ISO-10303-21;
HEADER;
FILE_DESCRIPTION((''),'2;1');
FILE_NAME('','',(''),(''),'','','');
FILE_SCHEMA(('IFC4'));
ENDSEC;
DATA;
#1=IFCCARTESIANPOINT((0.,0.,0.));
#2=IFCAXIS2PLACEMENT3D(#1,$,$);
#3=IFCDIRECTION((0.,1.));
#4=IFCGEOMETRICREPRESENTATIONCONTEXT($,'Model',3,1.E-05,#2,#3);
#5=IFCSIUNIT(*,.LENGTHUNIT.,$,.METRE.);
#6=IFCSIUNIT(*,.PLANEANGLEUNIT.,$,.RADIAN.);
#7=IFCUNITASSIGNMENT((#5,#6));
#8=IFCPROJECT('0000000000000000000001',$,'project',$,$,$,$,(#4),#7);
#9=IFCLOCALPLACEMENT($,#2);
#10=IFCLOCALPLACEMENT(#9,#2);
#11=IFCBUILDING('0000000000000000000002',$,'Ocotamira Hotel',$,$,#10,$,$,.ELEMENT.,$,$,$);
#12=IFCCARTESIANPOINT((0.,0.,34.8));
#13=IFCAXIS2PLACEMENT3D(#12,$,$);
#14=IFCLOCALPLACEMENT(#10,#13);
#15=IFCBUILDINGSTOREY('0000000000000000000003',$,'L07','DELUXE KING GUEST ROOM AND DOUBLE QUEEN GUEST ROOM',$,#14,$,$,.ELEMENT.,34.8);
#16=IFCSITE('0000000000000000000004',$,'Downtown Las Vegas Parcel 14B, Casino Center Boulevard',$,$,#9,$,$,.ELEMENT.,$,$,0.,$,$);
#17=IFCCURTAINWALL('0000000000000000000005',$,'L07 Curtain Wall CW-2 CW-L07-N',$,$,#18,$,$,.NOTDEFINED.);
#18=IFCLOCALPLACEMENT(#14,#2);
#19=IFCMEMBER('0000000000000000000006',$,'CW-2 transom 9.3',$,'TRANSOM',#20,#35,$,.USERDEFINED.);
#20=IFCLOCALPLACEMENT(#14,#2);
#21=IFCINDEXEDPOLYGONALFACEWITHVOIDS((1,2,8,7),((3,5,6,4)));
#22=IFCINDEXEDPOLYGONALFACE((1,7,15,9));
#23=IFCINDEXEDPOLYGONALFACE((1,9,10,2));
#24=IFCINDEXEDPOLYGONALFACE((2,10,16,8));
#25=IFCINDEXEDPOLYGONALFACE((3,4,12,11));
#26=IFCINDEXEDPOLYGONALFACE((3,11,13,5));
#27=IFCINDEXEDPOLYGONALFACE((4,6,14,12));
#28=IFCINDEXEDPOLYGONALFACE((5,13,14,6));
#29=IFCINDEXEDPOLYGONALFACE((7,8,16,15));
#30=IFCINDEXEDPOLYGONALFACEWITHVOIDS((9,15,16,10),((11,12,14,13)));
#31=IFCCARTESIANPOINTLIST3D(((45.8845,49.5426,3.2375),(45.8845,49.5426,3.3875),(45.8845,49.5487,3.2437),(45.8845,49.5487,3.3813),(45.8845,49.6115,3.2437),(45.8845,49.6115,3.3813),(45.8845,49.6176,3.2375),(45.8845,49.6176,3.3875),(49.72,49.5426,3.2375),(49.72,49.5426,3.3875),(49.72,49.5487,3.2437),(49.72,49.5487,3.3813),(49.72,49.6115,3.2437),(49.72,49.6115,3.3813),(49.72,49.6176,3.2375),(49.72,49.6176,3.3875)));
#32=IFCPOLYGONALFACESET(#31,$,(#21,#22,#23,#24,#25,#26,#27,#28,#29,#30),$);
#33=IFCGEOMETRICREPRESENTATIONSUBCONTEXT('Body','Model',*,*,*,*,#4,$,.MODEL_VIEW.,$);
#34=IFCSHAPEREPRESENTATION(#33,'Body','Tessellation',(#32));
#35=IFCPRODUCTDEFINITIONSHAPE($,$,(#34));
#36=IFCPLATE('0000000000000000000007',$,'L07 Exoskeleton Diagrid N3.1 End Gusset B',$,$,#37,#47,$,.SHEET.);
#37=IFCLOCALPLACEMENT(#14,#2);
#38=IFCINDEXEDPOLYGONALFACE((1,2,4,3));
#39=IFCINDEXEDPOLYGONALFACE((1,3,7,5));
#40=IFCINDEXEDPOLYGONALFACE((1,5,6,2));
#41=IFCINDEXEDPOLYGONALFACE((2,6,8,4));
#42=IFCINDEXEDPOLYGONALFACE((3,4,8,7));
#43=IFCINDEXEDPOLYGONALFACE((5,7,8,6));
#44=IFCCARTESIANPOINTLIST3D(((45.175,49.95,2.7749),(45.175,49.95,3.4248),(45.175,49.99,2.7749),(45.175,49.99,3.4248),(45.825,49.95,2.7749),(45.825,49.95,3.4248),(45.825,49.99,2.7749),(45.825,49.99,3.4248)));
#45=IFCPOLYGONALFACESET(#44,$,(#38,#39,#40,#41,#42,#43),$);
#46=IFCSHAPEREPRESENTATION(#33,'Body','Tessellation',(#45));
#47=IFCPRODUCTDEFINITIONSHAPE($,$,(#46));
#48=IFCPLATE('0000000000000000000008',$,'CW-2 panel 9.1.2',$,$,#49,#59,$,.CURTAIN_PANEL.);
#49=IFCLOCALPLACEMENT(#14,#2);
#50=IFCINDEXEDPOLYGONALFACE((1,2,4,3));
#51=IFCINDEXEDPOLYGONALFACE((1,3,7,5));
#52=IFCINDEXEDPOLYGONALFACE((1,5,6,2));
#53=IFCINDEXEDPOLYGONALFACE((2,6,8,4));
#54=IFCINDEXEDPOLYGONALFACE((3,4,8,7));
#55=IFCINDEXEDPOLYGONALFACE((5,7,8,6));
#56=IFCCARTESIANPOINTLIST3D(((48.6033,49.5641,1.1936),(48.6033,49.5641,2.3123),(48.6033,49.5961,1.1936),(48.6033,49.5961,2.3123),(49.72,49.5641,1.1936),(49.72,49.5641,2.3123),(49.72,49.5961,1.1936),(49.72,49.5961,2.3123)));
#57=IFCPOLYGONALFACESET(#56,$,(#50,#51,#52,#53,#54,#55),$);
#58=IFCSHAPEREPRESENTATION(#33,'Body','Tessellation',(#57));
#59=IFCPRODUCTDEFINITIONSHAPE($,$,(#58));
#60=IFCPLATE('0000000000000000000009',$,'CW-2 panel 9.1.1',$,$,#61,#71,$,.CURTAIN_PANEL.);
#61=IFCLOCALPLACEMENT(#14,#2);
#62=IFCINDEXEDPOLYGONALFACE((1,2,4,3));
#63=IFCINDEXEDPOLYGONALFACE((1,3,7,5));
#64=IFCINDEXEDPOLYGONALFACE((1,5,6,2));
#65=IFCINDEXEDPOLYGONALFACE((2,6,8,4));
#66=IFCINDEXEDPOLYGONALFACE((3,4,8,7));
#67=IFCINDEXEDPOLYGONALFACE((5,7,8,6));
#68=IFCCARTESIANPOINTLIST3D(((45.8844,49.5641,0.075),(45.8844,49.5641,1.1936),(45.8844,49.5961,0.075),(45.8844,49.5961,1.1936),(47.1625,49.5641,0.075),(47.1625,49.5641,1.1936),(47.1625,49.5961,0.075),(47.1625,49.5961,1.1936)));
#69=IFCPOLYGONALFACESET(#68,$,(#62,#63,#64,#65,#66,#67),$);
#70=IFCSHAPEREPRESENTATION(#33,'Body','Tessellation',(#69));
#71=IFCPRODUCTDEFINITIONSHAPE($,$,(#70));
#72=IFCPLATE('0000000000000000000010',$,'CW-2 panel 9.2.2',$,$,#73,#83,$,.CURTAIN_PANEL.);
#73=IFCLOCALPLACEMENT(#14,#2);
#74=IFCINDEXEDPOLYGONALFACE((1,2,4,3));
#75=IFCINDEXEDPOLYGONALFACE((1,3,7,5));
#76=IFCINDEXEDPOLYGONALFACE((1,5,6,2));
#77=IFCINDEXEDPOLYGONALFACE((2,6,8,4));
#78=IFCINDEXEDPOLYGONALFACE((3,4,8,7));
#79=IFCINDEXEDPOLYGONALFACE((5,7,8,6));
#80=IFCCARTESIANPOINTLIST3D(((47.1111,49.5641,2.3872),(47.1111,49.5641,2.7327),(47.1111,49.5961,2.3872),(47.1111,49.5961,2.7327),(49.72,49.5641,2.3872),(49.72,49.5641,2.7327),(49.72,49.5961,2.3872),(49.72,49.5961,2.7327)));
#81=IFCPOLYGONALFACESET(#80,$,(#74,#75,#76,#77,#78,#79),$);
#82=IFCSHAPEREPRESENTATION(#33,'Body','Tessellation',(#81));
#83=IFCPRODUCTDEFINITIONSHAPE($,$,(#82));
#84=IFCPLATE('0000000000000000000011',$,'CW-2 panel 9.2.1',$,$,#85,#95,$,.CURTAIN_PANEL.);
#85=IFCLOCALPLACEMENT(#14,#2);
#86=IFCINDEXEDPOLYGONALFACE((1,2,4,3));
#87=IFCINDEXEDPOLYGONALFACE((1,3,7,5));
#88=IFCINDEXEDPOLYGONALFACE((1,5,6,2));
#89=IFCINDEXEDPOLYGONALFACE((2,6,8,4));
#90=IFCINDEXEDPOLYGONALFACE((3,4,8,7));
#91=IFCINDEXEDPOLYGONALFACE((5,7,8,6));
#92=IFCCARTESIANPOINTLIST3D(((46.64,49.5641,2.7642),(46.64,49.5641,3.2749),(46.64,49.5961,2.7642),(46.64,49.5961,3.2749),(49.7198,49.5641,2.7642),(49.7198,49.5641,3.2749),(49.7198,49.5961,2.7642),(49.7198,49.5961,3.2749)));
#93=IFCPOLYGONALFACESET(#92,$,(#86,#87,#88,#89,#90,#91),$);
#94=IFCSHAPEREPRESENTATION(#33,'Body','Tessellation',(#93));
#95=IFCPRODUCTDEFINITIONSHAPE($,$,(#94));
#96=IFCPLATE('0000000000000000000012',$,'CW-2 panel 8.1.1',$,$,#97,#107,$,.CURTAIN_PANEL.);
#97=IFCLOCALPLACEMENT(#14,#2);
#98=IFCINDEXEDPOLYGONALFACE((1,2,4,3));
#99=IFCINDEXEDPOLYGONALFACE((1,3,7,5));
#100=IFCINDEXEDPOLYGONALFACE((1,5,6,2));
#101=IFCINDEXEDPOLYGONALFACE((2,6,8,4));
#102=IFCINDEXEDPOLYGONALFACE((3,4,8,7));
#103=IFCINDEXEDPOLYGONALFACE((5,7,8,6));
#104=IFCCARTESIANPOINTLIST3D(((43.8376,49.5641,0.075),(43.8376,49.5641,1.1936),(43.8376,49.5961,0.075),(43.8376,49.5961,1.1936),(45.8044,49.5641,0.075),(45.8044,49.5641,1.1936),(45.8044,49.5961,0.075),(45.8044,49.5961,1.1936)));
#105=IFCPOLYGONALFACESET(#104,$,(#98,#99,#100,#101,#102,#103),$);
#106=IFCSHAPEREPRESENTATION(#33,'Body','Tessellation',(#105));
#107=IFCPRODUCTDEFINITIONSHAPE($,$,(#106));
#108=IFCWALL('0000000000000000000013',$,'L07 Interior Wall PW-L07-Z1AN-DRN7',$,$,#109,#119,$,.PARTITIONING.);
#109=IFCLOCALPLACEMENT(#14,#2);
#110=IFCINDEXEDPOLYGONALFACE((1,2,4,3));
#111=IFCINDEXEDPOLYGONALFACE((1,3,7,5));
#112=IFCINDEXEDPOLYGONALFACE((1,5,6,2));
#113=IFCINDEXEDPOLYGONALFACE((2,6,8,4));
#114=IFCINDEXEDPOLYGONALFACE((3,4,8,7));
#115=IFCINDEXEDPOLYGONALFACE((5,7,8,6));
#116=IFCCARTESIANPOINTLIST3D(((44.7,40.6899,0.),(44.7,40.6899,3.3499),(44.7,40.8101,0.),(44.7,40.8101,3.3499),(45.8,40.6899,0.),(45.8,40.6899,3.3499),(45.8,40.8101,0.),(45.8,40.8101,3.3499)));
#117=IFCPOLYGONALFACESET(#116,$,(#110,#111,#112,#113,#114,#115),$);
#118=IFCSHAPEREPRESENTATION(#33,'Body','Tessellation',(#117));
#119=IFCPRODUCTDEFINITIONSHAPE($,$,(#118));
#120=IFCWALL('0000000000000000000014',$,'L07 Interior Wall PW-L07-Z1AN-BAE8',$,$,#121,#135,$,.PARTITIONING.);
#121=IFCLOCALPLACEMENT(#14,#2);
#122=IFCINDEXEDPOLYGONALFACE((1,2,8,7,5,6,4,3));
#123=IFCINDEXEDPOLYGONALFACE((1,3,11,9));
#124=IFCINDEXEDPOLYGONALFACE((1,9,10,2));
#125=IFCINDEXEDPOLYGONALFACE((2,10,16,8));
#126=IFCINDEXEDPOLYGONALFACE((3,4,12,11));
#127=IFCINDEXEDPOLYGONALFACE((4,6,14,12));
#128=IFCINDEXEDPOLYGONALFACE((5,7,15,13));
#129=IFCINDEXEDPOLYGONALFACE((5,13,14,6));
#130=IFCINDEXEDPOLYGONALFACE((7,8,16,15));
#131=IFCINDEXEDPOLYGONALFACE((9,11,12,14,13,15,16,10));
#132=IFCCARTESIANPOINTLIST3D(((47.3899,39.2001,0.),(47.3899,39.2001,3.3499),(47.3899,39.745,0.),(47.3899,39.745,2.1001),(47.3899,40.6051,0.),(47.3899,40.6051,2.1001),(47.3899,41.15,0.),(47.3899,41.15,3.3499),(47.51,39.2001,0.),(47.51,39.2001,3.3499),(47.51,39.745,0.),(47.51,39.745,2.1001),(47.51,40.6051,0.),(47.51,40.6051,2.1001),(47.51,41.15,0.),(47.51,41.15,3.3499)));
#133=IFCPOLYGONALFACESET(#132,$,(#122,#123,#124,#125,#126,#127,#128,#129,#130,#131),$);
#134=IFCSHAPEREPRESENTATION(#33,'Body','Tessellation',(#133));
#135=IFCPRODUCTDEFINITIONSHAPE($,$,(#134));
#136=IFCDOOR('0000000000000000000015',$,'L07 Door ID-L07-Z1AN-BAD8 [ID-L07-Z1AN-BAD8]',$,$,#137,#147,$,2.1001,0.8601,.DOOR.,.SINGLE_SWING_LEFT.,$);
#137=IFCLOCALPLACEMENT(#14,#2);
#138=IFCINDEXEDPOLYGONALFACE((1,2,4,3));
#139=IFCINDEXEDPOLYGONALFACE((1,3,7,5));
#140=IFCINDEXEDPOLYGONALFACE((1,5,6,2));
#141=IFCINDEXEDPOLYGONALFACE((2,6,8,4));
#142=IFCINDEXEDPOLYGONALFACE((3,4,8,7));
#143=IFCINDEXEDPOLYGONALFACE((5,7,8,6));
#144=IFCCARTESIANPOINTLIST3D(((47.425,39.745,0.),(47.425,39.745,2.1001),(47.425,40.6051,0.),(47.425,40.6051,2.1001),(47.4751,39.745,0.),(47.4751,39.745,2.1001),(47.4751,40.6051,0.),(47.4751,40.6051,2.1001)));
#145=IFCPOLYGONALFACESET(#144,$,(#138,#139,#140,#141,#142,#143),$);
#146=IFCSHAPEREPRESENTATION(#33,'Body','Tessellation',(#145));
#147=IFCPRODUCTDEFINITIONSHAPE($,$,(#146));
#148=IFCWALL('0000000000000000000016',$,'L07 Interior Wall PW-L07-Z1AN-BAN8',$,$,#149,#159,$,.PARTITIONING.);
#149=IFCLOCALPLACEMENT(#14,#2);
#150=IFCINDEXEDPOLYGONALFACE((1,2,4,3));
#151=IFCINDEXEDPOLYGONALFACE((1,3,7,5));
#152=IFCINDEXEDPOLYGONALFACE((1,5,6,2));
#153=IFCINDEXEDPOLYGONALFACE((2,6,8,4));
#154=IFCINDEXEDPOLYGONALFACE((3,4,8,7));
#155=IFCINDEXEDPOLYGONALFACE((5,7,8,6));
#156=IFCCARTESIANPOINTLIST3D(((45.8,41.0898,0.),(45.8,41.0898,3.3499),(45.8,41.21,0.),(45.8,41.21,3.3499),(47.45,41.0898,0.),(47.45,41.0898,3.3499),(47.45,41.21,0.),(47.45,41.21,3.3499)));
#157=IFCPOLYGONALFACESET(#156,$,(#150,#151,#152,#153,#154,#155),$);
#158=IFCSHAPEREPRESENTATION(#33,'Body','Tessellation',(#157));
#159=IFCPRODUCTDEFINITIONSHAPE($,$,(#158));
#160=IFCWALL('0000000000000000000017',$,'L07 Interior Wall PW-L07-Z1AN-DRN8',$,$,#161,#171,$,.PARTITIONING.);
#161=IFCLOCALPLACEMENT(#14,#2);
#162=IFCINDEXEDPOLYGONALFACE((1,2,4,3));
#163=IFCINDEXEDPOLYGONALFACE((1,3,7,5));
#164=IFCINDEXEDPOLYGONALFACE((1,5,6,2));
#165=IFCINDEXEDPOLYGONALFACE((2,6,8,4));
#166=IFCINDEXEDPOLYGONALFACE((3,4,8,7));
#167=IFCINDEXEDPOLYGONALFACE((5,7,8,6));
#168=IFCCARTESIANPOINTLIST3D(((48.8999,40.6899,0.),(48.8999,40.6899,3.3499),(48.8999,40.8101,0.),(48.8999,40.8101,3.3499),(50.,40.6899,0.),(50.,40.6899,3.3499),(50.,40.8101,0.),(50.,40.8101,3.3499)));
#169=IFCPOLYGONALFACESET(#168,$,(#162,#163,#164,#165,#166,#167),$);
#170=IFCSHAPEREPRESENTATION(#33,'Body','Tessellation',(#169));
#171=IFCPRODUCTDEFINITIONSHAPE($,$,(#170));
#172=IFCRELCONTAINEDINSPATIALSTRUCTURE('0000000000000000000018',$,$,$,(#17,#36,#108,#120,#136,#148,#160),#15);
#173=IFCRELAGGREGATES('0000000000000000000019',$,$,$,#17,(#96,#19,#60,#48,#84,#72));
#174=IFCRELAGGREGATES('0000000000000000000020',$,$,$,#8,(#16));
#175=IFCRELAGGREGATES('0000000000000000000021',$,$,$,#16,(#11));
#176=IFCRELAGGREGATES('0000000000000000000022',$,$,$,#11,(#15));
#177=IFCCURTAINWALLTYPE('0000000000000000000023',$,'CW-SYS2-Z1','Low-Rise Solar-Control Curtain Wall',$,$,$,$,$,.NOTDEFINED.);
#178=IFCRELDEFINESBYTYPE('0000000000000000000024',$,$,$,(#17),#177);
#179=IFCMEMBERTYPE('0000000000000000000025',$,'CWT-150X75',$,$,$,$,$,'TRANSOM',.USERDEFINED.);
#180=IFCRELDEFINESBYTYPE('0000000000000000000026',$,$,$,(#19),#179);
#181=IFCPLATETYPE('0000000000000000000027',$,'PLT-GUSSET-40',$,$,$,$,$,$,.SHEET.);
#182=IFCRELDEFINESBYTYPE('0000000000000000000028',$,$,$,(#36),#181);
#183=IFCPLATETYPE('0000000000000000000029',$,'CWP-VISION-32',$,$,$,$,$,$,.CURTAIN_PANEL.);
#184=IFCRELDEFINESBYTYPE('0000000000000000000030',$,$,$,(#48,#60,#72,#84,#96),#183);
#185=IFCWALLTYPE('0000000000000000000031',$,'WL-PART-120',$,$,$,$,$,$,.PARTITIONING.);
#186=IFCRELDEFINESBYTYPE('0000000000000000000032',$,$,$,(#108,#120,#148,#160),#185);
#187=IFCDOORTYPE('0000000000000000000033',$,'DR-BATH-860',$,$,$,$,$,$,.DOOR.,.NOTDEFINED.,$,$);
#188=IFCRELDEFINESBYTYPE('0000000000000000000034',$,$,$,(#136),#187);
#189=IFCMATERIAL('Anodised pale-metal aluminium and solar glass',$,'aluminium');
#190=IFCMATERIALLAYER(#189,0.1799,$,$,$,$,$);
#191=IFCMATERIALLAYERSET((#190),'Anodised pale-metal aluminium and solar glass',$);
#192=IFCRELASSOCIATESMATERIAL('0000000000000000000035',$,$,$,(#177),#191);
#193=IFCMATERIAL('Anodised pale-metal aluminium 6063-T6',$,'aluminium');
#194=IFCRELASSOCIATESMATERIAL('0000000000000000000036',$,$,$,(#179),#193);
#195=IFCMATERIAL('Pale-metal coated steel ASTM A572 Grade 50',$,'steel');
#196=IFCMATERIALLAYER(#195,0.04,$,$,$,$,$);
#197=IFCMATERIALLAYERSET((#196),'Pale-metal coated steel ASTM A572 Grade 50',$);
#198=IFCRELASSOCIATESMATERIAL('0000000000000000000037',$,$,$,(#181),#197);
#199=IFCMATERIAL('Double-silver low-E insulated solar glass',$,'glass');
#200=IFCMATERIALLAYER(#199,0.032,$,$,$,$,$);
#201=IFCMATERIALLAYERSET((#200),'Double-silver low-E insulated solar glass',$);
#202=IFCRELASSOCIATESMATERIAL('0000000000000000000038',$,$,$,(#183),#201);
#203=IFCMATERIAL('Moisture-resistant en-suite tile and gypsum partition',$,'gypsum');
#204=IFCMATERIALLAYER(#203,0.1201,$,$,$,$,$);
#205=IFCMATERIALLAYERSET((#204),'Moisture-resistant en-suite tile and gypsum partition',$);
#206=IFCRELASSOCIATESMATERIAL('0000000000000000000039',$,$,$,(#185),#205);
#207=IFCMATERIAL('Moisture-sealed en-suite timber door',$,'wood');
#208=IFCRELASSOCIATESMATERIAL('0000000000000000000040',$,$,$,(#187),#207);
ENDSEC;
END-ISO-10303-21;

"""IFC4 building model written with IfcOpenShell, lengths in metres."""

from ifc_helpers import new_model, si_unit, direction, frame, frame_2d, origin, origin_2d, place, context, subcontext, project, spatial, rectangle, hollow_rectangle, extrude, source, transform, mapped, material, layer, layer_set, material_profile, profile_set, type_object, element, fill, aggregate, save


model = new_model("IFC4")

# Units and contexts
model_context = context("Model", 3, precision=1e-05, world=origin(), true_north=direction((0.0, 1.0)))
body_context = subcontext(model_context, "Body", "Model", "MODEL_VIEW")
ifc_project = project(units=[si_unit("LENGTHUNIT", "METRE"), si_unit("PLANEANGLEUNIT", "RADIAN")], contexts=[model_context])

# Site, building, storey
site_placement = place(None, origin())
site = spatial("IfcSite", under=ifc_project, at=site_placement, Name="Downtown Las Vegas Parcel 14B, Casino Center Boulevard", CompositionType="ELEMENT", RefElevation=0.0)
building_placement = place(site_placement, origin())
building = spatial("IfcBuilding", under=site, at=building_placement, Name="Ocotamira Hotel", CompositionType="ELEMENT")
storey_placement = place(building_placement, frame((0.0, 0.0, 34.8)))
storey = spatial("IfcBuildingStorey", under=building, at=storey_placement, Name="L07", Description="DELUXE KING GUEST ROOM AND DOUBLE QUEEN GUEST ROOM", CompositionType="ELEMENT", Elevation=34.8)

# Curtain wall, member
ifc_material_1 = material(Name="Anodised pale-metal aluminium and solar glass", Category="aluminium")
ifc_layer_1 = layer(ifc_material_1, 0.1799)
ifc_layer_set_1 = layer_set([ifc_layer_1], Name="Anodised pale-metal aluminium and solar glass")
curtain_wall_type = type_object("IfcCurtainWallType", Name="CW-SYS2-Z1", Description="Low-Rise Solar-Control Curtain Wall", PredefinedType="NOTDEFINED", material=ifc_layer_set_1)
curtain_wall_placement = place(storey_placement, origin())
curtain_wall = element("IfcCurtainWall", 1, at=curtain_wall_placement, inside=storey, type_object=curtain_wall_type, Name="L07 Curtain Wall CW-2 CW-L07-N", PredefinedType="NOTDEFINED")
ifc_material_2 = material(Name="Anodised pale-metal aluminium 6063-T6", Category="aluminium")
ifc_material_profile_1 = material_profile(ifc_material_2, hollow_rectangle(XDim=0.075, YDim=0.1499, WallThickness=0.0061, at=origin_2d()), Name="HSS150X75X6")
ifc_profile_set_1 = profile_set([ifc_material_profile_1], Name="Anodised pale-metal aluminium 6063-T6")
member_type_1 = type_object("IfcMemberType", Name="CWT-150X75", ElementType="TRANSOM", PredefinedType="USERDEFINED", material=ifc_profile_set_1)
shared_shape_1 = source(origin(), body_context, "Body", "SweptSolid", [
    extrude(hollow_rectangle(XDim=0.075, YDim=0.1499, WallThickness=0.0061, at=origin_2d()), origin(), (0.0, 0.0, 1.0), 3.8354),
])
member_1_placement = place(storey_placement, frame((45.8845, 49.5801, 3.3125), z_axis=(1.0, 0.0, 0.0), x_axis=(0.0, 1.0, 0.0)))
member_1 = element("IfcMember", 2, at=member_1_placement, type_object=member_type_1, Name="CW-2 transom 9.3", ObjectType="TRANSOM", PredefinedType="USERDEFINED", context=body_context, shape_type="MappedRepresentation", body=[
    mapped(shared_shape_1, transform((0.0, 0.0, 0.0), scale=1.0)),
])

# Plates
ifc_material_3 = material(Name="Pale-metal coated steel ASTM A572 Grade 50", Category="steel")
ifc_layer_2 = layer(ifc_material_3, 0.04)
ifc_layer_set_2 = layer_set([ifc_layer_2], Name="Pale-metal coated steel ASTM A572 Grade 50")
plate_type_1 = type_object("IfcPlateType", Name="PLT-GUSSET-40", PredefinedType="SHEET", material=ifc_layer_set_2)
shared_shape_2 = source(origin(), body_context, "Body", "SweptSolid", [
    extrude(rectangle(XDim=0.6499, YDim=0.04, at=origin_2d()), origin(), (0.0, 0.0, 1.0), 0.6499),
])
plate_1_placement = place(storey_placement, frame((45.5, 49.97, 2.7749), z_axis=(0.0, 0.0, 1.0), x_axis=(1.0, 0.0, 0.0)))
element("IfcPlate", 3, at=plate_1_placement, inside=storey, type_object=plate_type_1, Name="L07 Exoskeleton Diagrid N3.1 End Gusset B", PredefinedType="SHEET", context=body_context, shape_type="MappedRepresentation", body=[
    mapped(shared_shape_2, transform((0.0, 0.0, 0.0), scale=1.0)),
])
ifc_material_4 = material(Name="Double-silver low-E insulated solar glass", Category="glass")
ifc_layer_3 = layer(ifc_material_4, 0.032)
ifc_layer_set_3 = layer_set([ifc_layer_3], Name="Double-silver low-E insulated solar glass")
plate_type_2 = type_object("IfcPlateType", Name="CWP-VISION-32", PredefinedType="CURTAIN_PANEL", material=ifc_layer_set_3)
shared_shape_3 = source(origin(), body_context, "Body", "SweptSolid", [
    extrude(rectangle(XDim=1.1167, YDim=0.032, at=origin_2d()), origin(), (0.0, 0.0, 1.0), 1.1187),
])
plate_2_placement = place(storey_placement, frame((49.1616, 49.5801, 1.1936), z_axis=(0.0, 0.0, 1.0), x_axis=(1.0, 0.0, 0.0)))
plate_2 = element("IfcPlate", 4, at=plate_2_placement, type_object=plate_type_2, Name="CW-2 panel 9.1.2", PredefinedType="CURTAIN_PANEL", context=body_context, shape_type="MappedRepresentation", body=[
    mapped(shared_shape_3, transform((0.0, 0.0, 0.0), scale=1.0)),
])
shared_shape_4 = source(origin(), body_context, "Body", "SweptSolid", [
    extrude(rectangle(XDim=1.2781, YDim=0.032, at=origin_2d()), origin(), (0.0, 0.0, 1.0), 1.1187),
])
plate_3_placement = place(storey_placement, frame((46.5234, 49.5801, 0.075), z_axis=(0.0, 0.0, 1.0), x_axis=(1.0, 0.0, 0.0)))
plate_3 = element("IfcPlate", 5, at=plate_3_placement, type_object=plate_type_2, Name="CW-2 panel 9.1.1", PredefinedType="CURTAIN_PANEL", context=body_context, shape_type="MappedRepresentation", body=[
    mapped(shared_shape_4, transform((0.0, 0.0, 0.0), scale=1.0)),
])
shared_shape_5 = source(origin(), body_context, "Body", "SweptSolid", [
    extrude(rectangle(XDim=2.6089, YDim=0.032, at=origin_2d()), origin(), (0.0, 0.0, 1.0), 0.3455),
])
plate_4_placement = place(storey_placement, frame((48.4155, 49.5801, 2.3872), z_axis=(0.0, 0.0, 1.0), x_axis=(1.0, 0.0, 0.0)))
plate_4 = element("IfcPlate", 6, at=plate_4_placement, type_object=plate_type_2, Name="CW-2 panel 9.2.2", PredefinedType="CURTAIN_PANEL", context=body_context, shape_type="MappedRepresentation", body=[
    mapped(shared_shape_5, transform((0.0, 0.0, 0.0), scale=1.0)),
])
shared_shape_6 = source(origin(), body_context, "Body", "SweptSolid", [
    extrude(rectangle(XDim=3.0798, YDim=0.032, at=origin_2d()), origin(), (0.0, 0.0, 1.0), 0.5107),
])
plate_5_placement = place(storey_placement, frame((48.1799, 49.5801, 2.7642), z_axis=(0.0, 0.0, 1.0), x_axis=(1.0, 0.0, 0.0)))
plate_5 = element("IfcPlate", 7, at=plate_5_placement, type_object=plate_type_2, Name="CW-2 panel 9.2.1", PredefinedType="CURTAIN_PANEL", context=body_context, shape_type="MappedRepresentation", body=[
    mapped(shared_shape_6, transform((0.0, 0.0, 0.0), scale=1.0)),
])
shared_shape_7 = source(origin(), body_context, "Body", "SweptSolid", [
    extrude(rectangle(XDim=1.9668, YDim=0.032, at=origin_2d()), origin(), (0.0, 0.0, 1.0), 1.1187),
])
plate_6_placement = place(storey_placement, frame((44.821, 49.5801, 0.075), z_axis=(0.0, 0.0, 1.0), x_axis=(1.0, 0.0, 0.0)))
plate_6 = element("IfcPlate", 8, at=plate_6_placement, type_object=plate_type_2, Name="CW-2 panel 8.1.1", PredefinedType="CURTAIN_PANEL", context=body_context, shape_type="MappedRepresentation", body=[
    mapped(shared_shape_7, transform((0.0, 0.0, 0.0), scale=1.0)),
])
aggregate(curtain_wall, [plate_6, member_1, plate_3, plate_2, plate_5, plate_4])

# Wall
ifc_material_5 = material(Name="Moisture-resistant en-suite tile and gypsum partition", Category="gypsum")
ifc_layer_4 = layer(ifc_material_5, 0.1201)
ifc_layer_set_4 = layer_set([ifc_layer_4], Name="Moisture-resistant en-suite tile and gypsum partition")
wall_type_1 = type_object("IfcWallType", Name="WL-PART-120", PredefinedType="PARTITIONING", material=ifc_layer_set_4)
wall_1_placement = place(storey_placement, frame((44.7, 40.75, 0.0), z_axis=(0.0, 0.0, 1.0), x_axis=(1.0, 0.0, 0.0)))
element("IfcWall", 9, at=wall_1_placement, inside=storey, type_object=wall_type_1, Name="L07 Interior Wall PW-L07-Z1AN-DRN7", PredefinedType="PARTITIONING", context=body_context, shape_type="SweptSolid", body=[
    extrude(rectangle(XDim=1.1001, YDim=0.1201, at=frame_2d((0.55, 0.0))), origin(), (0.0, 0.0, 1.0), 3.3499),
])

# Wall, opening, door
wall_2_placement = place(storey_placement, frame((47.45, 39.2, 0.0), z_axis=(0.0, 0.0, 1.0), x_axis=(0.0, 1.0, 0.0)))
wall_2 = element("IfcWall", 10, at=wall_2_placement, inside=storey, type_object=wall_type_1, Name="L07 Interior Wall PW-L07-Z1AN-BAE8", PredefinedType="PARTITIONING", context=body_context, shape_type="SweptSolid", body=[
    extrude(rectangle(XDim=1.95, YDim=0.1201, at=frame_2d((0.9751, 0.0))), origin(), (0.0, 0.0, 1.0), 3.3499),
])
opening_placement = place(wall_2_placement, frame((0.5449, 0.0, 0.0)))
opening = element("IfcOpeningElement", 11, at=opening_placement, cuts=wall_2, PredefinedType="OPENING", context=body_context, shape_type="SweptSolid", body=[
    extrude(rectangle(XDim=0.8601, YDim=2.1001, at=frame_2d((0.4302, 1.05))), frame((0.0, 0.0701, 0.0), z_axis=(0.0, -1.0, 0.0), x_axis=(1.0, 0.0, 0.0)), (0.0, 0.0, 1.0), 0.1401),
])
ifc_material_6 = material(Name="Moisture-sealed en-suite timber door", Category="wood")
door_type = type_object("IfcDoorType", Name="DR-BATH-860", OperationType="NOTDEFINED", PredefinedType="DOOR", material=ifc_material_6)
shared_shape_8 = source(origin(), body_context, "Body", "SweptSolid", [
    extrude(rectangle(XDim=0.8601, YDim=2.1001, at=frame_2d((0.4302, 1.05))), frame((0.0, 0.0249, 0.0), z_axis=(0.0, -1.0, 0.0), x_axis=(1.0, 0.0, 0.0)), (0.0, 0.0, 1.0), 0.05),
])
door_placement = place(opening_placement, origin())
door = element("IfcDoor", 12, at=door_placement, inside=storey, type_object=door_type, Name="L07 Door ID-L07-Z1AN-BAD8 [ID-L07-Z1AN-BAD8]", OperationType="SINGLE_SWING_LEFT", OverallHeight=2.1001, OverallWidth=0.8601, PredefinedType="DOOR", context=body_context, shape_type="MappedRepresentation", body=[
    mapped(shared_shape_8, transform((0.0, 0.0, 0.0), scale=1.0)),
])
fill(opening, door)

# Walls
wall_3_placement = place(storey_placement, frame((45.8, 41.1499, 0.0), z_axis=(0.0, 0.0, 1.0), x_axis=(1.0, 0.0, 0.0)))
element("IfcWall", 13, at=wall_3_placement, inside=storey, type_object=wall_type_1, Name="L07 Interior Wall PW-L07-Z1AN-BAN8", PredefinedType="PARTITIONING", context=body_context, shape_type="SweptSolid", body=[
    extrude(rectangle(XDim=1.6499, YDim=0.1201, at=frame_2d((0.825, 0.0))), origin(), (0.0, 0.0, 1.0), 3.3499),
])
wall_4_placement = place(storey_placement, frame((48.8999, 40.75, 0.0), z_axis=(0.0, 0.0, 1.0), x_axis=(1.0, 0.0, 0.0)))
element("IfcWall", 14, at=wall_4_placement, inside=storey, type_object=wall_type_1, Name="L07 Interior Wall PW-L07-Z1AN-DRN8", PredefinedType="PARTITIONING", context=body_context, shape_type="SweptSolid", body=[
    extrude(rectangle(XDim=1.1001, YDim=0.1201, at=frame_2d((0.55, 0.0))), origin(), (0.0, 0.0, 1.0), 3.3499),
])

save(model, "model.ifc")
